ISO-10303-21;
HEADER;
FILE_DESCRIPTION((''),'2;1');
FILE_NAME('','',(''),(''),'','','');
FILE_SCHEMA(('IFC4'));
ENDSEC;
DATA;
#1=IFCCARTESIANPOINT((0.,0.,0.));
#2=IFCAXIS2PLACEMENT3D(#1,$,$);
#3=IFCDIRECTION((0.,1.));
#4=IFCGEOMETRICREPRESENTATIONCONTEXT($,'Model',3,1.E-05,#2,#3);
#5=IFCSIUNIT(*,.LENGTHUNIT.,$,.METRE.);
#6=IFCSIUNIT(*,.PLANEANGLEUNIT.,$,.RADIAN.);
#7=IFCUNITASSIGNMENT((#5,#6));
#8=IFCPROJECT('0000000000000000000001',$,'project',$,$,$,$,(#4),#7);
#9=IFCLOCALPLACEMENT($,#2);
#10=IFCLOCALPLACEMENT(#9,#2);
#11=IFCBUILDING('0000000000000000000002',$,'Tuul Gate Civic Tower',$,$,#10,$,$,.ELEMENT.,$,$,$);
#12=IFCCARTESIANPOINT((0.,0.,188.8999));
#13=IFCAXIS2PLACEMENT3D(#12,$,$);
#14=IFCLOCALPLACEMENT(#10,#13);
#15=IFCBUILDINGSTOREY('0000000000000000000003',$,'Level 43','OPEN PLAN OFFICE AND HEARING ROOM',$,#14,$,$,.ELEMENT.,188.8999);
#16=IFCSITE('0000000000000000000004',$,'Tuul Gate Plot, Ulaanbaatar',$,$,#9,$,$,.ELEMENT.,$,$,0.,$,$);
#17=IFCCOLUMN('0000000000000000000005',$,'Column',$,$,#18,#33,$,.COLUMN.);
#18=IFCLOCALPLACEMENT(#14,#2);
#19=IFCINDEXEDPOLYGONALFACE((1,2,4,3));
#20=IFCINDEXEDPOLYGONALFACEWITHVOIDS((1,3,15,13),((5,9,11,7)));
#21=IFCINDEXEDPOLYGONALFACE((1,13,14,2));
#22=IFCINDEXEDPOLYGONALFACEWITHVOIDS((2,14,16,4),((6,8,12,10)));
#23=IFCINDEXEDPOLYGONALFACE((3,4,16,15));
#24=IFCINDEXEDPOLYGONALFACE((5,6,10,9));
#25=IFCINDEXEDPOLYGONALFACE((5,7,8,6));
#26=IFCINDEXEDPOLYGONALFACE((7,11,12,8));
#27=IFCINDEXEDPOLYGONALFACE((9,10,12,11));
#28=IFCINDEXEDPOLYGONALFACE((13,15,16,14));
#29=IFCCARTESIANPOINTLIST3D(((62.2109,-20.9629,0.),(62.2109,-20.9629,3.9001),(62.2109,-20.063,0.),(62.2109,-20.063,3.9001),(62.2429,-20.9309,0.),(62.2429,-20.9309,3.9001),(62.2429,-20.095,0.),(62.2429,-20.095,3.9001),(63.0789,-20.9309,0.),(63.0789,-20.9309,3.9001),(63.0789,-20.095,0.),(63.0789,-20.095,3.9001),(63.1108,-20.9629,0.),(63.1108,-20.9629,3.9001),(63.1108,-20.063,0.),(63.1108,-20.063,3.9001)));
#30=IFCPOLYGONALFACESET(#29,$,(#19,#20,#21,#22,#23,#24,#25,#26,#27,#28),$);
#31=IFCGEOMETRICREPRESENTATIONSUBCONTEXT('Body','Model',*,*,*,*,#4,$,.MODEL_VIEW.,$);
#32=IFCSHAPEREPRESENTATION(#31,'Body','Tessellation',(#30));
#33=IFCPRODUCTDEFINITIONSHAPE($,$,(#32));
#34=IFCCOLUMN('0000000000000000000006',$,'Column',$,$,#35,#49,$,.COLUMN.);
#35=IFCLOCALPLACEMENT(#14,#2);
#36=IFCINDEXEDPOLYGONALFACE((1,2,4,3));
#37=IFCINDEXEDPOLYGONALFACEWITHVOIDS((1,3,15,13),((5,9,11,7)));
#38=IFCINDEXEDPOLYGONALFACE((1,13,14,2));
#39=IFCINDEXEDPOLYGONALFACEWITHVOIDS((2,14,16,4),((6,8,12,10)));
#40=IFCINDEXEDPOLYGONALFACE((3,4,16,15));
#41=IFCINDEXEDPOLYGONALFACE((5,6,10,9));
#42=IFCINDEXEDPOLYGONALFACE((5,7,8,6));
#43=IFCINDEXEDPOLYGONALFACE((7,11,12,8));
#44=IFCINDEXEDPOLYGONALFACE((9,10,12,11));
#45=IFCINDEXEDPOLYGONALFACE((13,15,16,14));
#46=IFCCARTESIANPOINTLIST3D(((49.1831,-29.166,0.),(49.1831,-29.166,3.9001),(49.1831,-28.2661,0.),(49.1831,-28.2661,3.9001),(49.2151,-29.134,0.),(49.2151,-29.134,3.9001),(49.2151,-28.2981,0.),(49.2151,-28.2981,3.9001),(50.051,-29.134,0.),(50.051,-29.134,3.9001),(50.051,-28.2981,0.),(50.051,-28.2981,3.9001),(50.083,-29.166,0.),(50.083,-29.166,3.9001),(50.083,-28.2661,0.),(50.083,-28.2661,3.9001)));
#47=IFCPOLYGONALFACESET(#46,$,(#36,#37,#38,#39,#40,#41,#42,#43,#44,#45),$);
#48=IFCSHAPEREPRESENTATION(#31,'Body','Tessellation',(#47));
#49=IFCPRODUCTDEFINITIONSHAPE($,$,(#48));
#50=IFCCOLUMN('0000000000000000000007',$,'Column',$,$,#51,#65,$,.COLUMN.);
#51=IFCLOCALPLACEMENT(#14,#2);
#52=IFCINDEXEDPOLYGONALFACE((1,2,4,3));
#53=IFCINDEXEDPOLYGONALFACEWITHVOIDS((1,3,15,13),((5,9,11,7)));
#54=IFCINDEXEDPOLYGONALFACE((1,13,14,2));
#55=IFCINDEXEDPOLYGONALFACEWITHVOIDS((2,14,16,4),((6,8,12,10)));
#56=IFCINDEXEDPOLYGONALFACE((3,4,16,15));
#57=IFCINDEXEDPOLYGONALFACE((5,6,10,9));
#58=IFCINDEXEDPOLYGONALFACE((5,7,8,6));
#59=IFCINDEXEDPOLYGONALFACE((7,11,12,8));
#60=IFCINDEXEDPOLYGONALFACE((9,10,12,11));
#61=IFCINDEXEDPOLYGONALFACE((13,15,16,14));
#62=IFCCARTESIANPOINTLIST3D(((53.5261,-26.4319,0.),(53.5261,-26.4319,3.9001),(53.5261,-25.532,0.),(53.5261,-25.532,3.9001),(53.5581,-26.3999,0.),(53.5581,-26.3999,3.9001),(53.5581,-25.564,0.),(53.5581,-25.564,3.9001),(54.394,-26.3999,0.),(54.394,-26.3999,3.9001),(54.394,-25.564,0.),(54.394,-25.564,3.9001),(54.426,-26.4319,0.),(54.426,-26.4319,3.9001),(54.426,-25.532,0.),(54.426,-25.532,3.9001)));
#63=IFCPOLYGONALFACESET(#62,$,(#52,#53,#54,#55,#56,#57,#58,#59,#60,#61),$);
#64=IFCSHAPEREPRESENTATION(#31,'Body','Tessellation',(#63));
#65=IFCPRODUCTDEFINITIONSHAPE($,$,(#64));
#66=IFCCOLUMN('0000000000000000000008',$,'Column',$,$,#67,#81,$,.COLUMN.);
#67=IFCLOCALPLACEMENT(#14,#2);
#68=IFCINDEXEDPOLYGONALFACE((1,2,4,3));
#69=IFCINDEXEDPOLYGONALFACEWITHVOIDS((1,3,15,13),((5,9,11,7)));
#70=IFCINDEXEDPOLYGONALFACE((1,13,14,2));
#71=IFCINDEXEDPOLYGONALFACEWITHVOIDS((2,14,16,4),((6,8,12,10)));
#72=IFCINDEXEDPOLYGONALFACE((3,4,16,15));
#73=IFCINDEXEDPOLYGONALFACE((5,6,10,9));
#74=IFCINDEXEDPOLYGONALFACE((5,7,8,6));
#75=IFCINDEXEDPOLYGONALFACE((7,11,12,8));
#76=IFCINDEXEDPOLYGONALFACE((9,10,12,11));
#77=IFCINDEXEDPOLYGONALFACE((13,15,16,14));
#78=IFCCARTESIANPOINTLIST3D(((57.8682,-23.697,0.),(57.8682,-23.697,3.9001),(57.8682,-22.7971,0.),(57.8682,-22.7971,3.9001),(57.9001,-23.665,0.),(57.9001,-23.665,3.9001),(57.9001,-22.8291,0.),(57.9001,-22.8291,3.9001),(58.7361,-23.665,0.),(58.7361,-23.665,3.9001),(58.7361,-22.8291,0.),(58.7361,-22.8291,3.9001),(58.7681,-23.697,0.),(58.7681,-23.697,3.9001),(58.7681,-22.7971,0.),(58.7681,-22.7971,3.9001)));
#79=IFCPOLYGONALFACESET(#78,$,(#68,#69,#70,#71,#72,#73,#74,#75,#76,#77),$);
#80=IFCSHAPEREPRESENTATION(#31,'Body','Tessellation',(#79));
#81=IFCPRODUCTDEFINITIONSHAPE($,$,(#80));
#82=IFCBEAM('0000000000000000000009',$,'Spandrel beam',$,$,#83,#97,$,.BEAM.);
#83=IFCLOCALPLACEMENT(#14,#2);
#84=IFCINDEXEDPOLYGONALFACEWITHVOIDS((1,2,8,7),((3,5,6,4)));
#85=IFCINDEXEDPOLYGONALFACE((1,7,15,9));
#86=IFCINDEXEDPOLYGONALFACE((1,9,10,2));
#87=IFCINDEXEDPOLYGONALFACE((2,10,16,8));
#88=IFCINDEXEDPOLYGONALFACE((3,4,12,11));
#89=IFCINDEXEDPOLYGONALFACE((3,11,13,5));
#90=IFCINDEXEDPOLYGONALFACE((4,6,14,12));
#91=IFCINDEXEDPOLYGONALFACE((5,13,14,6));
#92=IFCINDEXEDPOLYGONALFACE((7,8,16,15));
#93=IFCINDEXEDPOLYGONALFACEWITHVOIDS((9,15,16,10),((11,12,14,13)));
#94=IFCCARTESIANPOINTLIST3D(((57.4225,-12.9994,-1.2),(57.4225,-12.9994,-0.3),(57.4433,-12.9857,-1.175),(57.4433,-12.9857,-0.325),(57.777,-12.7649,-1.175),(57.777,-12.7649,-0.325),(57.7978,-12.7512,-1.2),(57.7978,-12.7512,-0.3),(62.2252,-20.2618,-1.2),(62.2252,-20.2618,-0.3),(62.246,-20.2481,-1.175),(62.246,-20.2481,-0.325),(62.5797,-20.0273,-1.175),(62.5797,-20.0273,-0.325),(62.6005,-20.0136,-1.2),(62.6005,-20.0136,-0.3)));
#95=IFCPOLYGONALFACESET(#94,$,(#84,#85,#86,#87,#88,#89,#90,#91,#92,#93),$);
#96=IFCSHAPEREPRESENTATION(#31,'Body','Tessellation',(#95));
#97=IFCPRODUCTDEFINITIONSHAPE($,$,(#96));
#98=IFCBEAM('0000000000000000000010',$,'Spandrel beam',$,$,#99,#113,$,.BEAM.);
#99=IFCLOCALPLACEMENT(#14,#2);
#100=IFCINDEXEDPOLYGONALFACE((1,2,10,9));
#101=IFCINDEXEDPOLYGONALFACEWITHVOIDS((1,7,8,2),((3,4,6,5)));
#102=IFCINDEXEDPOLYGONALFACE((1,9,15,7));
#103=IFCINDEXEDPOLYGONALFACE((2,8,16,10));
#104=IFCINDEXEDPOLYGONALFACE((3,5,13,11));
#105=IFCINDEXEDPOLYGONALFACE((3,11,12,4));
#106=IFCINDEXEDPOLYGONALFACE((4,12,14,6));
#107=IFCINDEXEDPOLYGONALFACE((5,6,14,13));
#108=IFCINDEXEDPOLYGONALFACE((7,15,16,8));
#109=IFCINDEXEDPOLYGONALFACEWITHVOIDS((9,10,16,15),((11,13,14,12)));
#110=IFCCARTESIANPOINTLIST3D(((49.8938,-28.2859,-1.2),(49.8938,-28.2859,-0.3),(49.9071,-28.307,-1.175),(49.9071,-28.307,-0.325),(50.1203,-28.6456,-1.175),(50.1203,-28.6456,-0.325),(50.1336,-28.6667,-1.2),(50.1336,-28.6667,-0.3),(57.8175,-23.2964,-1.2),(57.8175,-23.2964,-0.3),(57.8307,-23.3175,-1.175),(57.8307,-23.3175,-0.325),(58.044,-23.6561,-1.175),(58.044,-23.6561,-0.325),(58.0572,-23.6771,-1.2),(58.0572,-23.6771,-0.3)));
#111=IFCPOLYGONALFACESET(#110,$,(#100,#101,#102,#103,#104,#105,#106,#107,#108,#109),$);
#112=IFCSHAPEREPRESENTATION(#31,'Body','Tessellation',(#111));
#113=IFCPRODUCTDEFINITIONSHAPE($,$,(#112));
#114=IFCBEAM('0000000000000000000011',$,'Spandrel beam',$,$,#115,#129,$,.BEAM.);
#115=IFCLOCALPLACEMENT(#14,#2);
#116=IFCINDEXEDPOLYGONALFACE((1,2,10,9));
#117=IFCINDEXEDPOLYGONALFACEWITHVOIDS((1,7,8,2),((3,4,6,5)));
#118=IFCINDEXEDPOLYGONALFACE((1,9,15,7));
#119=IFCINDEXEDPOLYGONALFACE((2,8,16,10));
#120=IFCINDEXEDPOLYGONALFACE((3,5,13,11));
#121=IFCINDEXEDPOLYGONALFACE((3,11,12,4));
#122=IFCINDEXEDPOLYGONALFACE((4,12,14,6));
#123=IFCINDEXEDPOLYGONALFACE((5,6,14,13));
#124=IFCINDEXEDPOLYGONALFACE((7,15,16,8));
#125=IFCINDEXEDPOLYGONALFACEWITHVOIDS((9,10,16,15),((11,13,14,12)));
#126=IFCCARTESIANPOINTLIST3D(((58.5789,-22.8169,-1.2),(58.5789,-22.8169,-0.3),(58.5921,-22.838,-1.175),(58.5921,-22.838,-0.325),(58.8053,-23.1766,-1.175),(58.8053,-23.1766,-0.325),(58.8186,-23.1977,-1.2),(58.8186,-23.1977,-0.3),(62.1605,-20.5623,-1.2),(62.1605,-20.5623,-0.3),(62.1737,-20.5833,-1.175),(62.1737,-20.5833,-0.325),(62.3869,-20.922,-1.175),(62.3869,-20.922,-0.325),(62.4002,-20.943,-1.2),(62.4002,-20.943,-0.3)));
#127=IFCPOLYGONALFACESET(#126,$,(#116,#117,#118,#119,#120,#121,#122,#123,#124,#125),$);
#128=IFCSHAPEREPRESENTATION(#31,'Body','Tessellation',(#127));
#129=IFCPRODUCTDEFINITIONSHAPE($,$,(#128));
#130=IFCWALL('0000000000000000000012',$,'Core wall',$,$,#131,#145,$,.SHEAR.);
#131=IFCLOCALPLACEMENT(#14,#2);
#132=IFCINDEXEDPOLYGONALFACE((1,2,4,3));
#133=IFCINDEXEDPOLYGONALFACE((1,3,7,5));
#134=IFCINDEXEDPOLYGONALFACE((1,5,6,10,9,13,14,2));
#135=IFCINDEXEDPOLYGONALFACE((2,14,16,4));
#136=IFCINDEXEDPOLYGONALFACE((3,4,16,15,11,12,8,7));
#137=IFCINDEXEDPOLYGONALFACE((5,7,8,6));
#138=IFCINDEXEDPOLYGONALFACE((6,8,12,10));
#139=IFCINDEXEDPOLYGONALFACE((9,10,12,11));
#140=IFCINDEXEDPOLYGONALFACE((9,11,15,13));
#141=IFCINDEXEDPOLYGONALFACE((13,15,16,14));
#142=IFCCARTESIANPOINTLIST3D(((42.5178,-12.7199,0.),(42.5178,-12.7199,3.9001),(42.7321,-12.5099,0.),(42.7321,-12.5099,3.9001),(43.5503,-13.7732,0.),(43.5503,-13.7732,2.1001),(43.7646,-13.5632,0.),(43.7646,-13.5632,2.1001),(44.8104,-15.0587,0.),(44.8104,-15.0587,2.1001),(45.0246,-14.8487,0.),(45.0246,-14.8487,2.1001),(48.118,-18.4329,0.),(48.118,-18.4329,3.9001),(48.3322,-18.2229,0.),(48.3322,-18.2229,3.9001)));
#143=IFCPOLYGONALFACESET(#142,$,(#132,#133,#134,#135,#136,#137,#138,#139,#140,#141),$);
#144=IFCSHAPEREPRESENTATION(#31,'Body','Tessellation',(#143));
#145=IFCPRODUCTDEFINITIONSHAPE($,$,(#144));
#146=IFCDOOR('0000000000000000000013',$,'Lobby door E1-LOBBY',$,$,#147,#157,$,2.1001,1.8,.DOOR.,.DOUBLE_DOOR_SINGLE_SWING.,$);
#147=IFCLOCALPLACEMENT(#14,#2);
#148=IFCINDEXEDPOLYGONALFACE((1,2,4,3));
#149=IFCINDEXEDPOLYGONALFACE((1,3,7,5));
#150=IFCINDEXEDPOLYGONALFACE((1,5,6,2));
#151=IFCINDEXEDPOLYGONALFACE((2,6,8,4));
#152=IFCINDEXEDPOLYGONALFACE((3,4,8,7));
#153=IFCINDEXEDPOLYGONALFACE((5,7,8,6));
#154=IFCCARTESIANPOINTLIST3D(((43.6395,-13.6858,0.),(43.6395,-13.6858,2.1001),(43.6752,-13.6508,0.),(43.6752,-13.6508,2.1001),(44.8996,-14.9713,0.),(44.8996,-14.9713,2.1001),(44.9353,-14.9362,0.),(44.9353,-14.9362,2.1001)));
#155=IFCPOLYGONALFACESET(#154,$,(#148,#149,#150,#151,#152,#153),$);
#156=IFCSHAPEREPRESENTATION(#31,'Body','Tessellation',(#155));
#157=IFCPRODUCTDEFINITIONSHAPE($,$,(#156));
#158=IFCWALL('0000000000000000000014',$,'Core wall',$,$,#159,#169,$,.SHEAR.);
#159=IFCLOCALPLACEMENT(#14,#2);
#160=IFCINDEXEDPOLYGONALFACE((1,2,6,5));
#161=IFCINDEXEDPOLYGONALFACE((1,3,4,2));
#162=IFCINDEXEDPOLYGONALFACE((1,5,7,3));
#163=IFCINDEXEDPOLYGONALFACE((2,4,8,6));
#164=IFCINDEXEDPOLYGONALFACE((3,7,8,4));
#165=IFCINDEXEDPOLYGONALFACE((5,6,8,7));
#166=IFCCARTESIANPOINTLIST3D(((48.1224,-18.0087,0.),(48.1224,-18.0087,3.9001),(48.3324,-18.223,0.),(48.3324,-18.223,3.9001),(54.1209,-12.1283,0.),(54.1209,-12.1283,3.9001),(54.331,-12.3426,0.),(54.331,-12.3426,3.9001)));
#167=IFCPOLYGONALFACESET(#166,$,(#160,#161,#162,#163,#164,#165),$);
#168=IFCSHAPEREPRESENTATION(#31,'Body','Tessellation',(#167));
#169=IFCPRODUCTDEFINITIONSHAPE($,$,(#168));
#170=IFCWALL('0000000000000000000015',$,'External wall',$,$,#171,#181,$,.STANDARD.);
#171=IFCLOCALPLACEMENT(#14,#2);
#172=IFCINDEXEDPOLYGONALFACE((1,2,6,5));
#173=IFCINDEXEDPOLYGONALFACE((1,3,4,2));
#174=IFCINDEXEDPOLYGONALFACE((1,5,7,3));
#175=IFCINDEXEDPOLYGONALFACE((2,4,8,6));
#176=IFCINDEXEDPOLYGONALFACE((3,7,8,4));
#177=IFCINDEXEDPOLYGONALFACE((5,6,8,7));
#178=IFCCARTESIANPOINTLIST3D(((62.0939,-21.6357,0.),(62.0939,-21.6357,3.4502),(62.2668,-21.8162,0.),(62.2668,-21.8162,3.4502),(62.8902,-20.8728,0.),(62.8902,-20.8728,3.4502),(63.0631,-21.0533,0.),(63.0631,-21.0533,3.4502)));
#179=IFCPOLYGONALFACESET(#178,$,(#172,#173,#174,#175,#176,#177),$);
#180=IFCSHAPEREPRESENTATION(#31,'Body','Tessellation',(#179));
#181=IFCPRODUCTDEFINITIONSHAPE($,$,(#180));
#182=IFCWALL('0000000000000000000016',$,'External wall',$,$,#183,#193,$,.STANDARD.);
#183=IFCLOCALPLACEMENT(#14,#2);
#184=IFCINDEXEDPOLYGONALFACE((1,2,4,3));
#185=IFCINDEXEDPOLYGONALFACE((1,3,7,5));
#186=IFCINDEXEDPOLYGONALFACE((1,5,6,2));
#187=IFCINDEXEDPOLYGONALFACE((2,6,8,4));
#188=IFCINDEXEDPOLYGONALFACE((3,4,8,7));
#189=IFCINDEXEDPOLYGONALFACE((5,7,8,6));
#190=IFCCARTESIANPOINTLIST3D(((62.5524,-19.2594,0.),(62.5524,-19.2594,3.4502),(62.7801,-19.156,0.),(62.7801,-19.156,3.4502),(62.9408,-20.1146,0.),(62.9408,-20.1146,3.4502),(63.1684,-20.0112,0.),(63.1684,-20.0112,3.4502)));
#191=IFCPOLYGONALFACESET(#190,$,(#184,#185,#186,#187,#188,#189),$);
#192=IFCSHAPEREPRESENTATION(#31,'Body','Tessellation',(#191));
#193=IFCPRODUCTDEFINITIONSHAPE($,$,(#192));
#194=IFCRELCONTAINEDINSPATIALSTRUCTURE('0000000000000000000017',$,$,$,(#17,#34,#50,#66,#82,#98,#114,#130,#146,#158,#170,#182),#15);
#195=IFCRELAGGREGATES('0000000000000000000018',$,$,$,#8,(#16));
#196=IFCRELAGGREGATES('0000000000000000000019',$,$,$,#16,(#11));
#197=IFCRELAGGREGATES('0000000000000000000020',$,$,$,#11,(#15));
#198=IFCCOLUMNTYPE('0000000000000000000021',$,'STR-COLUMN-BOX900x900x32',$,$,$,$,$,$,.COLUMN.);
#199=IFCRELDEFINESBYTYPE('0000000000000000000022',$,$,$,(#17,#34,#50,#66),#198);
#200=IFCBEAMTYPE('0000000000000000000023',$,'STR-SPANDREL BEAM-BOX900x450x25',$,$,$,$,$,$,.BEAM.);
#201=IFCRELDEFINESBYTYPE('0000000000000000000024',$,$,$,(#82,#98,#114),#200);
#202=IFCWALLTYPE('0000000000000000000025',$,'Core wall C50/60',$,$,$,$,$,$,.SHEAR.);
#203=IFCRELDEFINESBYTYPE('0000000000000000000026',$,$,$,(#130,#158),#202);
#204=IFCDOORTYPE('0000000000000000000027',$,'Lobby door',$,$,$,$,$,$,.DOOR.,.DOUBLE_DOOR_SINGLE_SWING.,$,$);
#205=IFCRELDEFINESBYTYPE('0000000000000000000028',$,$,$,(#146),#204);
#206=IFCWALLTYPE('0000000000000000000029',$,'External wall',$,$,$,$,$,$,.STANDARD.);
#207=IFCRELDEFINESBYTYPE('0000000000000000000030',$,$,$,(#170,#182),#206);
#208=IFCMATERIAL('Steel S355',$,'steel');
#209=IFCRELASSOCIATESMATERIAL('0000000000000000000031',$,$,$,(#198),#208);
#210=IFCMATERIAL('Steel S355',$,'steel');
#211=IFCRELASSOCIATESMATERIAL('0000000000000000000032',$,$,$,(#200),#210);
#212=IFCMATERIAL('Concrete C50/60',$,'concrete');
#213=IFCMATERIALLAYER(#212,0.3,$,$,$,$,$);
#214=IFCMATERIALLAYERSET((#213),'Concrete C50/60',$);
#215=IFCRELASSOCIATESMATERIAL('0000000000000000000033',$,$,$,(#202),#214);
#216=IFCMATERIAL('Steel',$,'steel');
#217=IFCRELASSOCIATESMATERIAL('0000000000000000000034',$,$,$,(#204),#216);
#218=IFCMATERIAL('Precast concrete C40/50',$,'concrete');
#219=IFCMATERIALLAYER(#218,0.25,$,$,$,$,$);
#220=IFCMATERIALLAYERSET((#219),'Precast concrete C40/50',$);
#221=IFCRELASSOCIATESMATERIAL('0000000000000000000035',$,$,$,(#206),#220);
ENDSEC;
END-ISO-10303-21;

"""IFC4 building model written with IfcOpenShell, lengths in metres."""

from ifc_helpers import new_model, si_unit, direction, frame, frame_2d, origin, origin_2d, place, context, subcontext, project, spatial, rectangle, hollow_rectangle, extrude, material, layer, layer_set, material_profile, profile_set, type_object, element, fill, save


model = new_model("IFC4")

# Units and contexts
model_context = context("Model", 3, precision=1e-05, world=origin(), true_north=direction((0.0, 1.0)))
body_context = subcontext(model_context, "Body", "Model", "MODEL_VIEW")
ifc_project = project(units=[si_unit("LENGTHUNIT", "METRE"), si_unit("PLANEANGLEUNIT", "RADIAN")], contexts=[model_context])

# Site, building, storey
site_placement = place(None, origin())
site = spatial("IfcSite", under=ifc_project, at=site_placement, Name="Tuul Gate Plot, Ulaanbaatar", CompositionType="ELEMENT", RefElevation=0.0)
building_placement = place(site_placement, origin())
building = spatial("IfcBuilding", under=site, at=building_placement, Name="Tuul Gate Civic Tower", CompositionType="ELEMENT")
storey_placement = place(building_placement, frame((0.0, 0.0, 188.8999)))
storey = spatial("IfcBuildingStorey", under=building, at=storey_placement, Name="Level 43", Description="OPEN PLAN OFFICE AND HEARING ROOM", CompositionType="ELEMENT", Elevation=188.8999)

# Columns
ifc_material_1 = material(Name="Steel S355", Category="steel")
ifc_material_profile_1 = material_profile(ifc_material_1, hollow_rectangle(XDim=0.8999, YDim=0.8999, WallThickness=0.032, at=origin_2d()), Name="BOX900x900x32")
ifc_profile_set_1 = profile_set([ifc_material_profile_1], Name="Steel S355")
column_type = type_object("IfcColumnType", Name="STR-COLUMN-BOX900x900x32", PredefinedType="COLUMN", material=ifc_profile_set_1)
for number, where, z_axis, x_axis, name in (
    (1, (62.6609, -20.5129, 0.0), (0.0, 0.0, 1.0), (1.0, 0.0, 0.0), "Column"),
    (2, (49.6331, -28.7161, 0.0), (0.0, 0.0, 1.0), (1.0, 0.0, 0.0), "Column"),
    (3, (53.9761, -25.9819, 0.0), (0.0, 0.0, 1.0), (1.0, 0.0, 0.0), "Column"),
    (4, (58.3181, -23.2471, 0.0), (0.0, 0.0, 1.0), (1.0, 0.0, 0.0), "Column"),
):
    element("IfcColumn", number, at=place(storey_placement, frame(where, z_axis=z_axis, x_axis=x_axis)), inside=storey, type_object=column_type, Name=name, PredefinedType="COLUMN", context=body_context, shape_type="SweptSolid", body=[
        extrude(hollow_rectangle(XDim=0.8999, YDim=0.8999, WallThickness=0.032, at=origin_2d()), origin(), (0.0, 0.0, 1.0), 3.9001),
    ])

# Beams
ifc_material_2 = material(Name="Steel S355", Category="steel")
ifc_material_profile_2 = material_profile(ifc_material_2, hollow_rectangle(XDim=0.45, YDim=0.8999, WallThickness=0.0249, at=origin_2d()), Name="BOX900x450x25")
ifc_profile_set_2 = profile_set([ifc_material_profile_2], Name="Steel S355")
beam_type = type_object("IfcBeamType", Name="STR-SPANDREL BEAM-BOX900x450x25", PredefinedType="BEAM", material=ifc_profile_set_2)
beam_1_placement = place(storey_placement, frame((62.4128, -20.1377, -0.75), z_axis=(-0.551603, 0.834107, 0.0), x_axis=(-0.834107, -0.551603, 0.0)))
element("IfcBeam", 5, at=beam_1_placement, inside=storey, type_object=beam_type, Name="Spandrel beam", PredefinedType="BEAM", context=body_context, shape_type="SweptSolid", body=[
    extrude(hollow_rectangle(XDim=0.45, YDim=0.8999, WallThickness=0.0249, at=origin_2d()), origin(), (0.0, 0.0, 1.0), 8.7068),
])
beam_2_placement = place(storey_placement, frame((50.0137, -28.4763, -0.75), z_axis=(0.846205, 0.532858, 0.0), x_axis=(-0.532858, 0.846205, 0.0)))
element("IfcBeam", 6, at=beam_2_placement, inside=storey, type_object=beam_type, Name="Spandrel beam", PredefinedType="BEAM", context=body_context, shape_type="SweptSolid", body=[
    extrude(hollow_rectangle(XDim=0.45, YDim=0.8999, WallThickness=0.0249, at=origin_2d()), origin(), (0.0, 0.0, 1.0), 9.3638),
])
beam_3_placement = place(storey_placement, frame((58.6987, -23.0073, -0.75), z_axis=(0.846276, 0.532744, 0.0), x_axis=(-0.532744, 0.846276, 0.0)))
element("IfcBeam", 7, at=beam_3_placement, inside=storey, type_object=beam_type, Name="Spandrel beam", PredefinedType="BEAM", context=body_context, shape_type="SweptSolid", body=[
    extrude(hollow_rectangle(XDim=0.45, YDim=0.8999, WallThickness=0.0249, at=origin_2d()), origin(), (0.0, 0.0, 1.0), 4.2322),
])

# Wall, opening, door
ifc_material_3 = material(Name="Concrete C50/60", Category="concrete")
ifc_layer_1 = layer(ifc_material_3, 0.3)
ifc_layer_set_1 = layer_set([ifc_layer_1], Name="Concrete C50/60")
wall_type_1 = type_object("IfcWallType", Name="Core wall C50/60", PredefinedType="SHEAR", material=ifc_layer_set_1)
wall_1_placement = place(storey_placement, frame((48.2251, -18.3279, 0.0), z_axis=(0.0, 0.0, 1.0), x_axis=(-0.700022, 0.714121, 0.0)))
wall_1 = element("IfcWall", 8, at=wall_1_placement, inside=storey, type_object=wall_type_1, Name="Core wall", PredefinedType="SHEAR", context=body_context, shape_type="SweptSolid", body=[
    extrude(rectangle(XDim=8.0, YDim=0.3, at=frame_2d((4.0, 0.0))), origin(), (0.0, 0.0, 1.0), 3.9001),
])
opening_1_placement = place(wall_1_placement, frame((4.7251, 0.0, 0.0)))
opening_1 = element("IfcOpeningElement", 9, at=opening_1_placement, cuts=wall_1, PredefinedType="OPENING", context=body_context, shape_type="SweptSolid", body=[
    extrude(rectangle(XDim=1.8, YDim=2.1001, at=frame_2d((0.8999, 1.05))), frame((0.0, 0.1602, 0.0), z_axis=(0.0, -1.0, 0.0), x_axis=(1.0, 0.0, 0.0)), (0.0, 0.0, 1.0), 0.3201),
])
ifc_material_4 = material(Name="Steel", Category="steel")
door_type = type_object("IfcDoorType", Name="Lobby door", OperationType="DOUBLE_DOOR_SINGLE_SWING", PredefinedType="DOOR", material=ifc_material_4)
door_placement = place(opening_1_placement, frame((1.8, 0.0, 0.0), z_axis=(0.0, 0.0, 1.0), x_axis=(-1.0, 0.0, 0.0)))
door = element("IfcDoor", 10, at=door_placement, inside=storey, type_object=door_type, Name="Lobby door E1-LOBBY", OperationType="DOUBLE_DOOR_SINGLE_SWING", OverallHeight=2.1001, OverallWidth=1.8, PredefinedType="DOOR", context=body_context, shape_type="SweptSolid", body=[
    extrude(rectangle(XDim=1.8, YDim=2.1001, at=frame_2d((0.9001, 1.05))), frame((0.0, 0.0249, 0.0), z_axis=(0.0, -1.0, 0.0), x_axis=(1.0, 0.0, 0.0)), (0.0, 0.0, 1.0), 0.05),
])
fill(opening_1, door)

# Walls
wall_2_placement = place(storey_placement, frame((48.2273, -18.116, 0.0), z_axis=(0.0, 0.0, 1.0), x_axis=(0.714105, 0.700038, 0.0)))
element("IfcWall", 11, at=wall_2_placement, inside=storey, type_object=wall_type_1, Name="Core wall", PredefinedType="SHEAR", context=body_context, shape_type="SweptSolid", body=[
    extrude(rectangle(XDim=8.4001, YDim=0.3, at=frame_2d((4.2002, 0.0))), origin(), (0.0, 0.0, 1.0), 3.9001),
])
ifc_material_5 = material(Name="Precast concrete C40/50", Category="concrete")
ifc_layer_2 = layer(ifc_material_5, 0.25)
ifc_layer_set_2 = layer_set([ifc_layer_2], Name="Precast concrete C40/50")
wall_type_2 = type_object("IfcWallType", Name="External wall", PredefinedType="STANDARD", material=ifc_layer_set_2)
wall_3_placement = place(storey_placement, frame((62.1804, -21.7258, 0.0), z_axis=(0.0, 0.0, 1.0), x_axis=(0.722108, 0.69178, 0.0)))
element("IfcWall", 12, at=wall_3_placement, inside=storey, type_object=wall_type_2, Name="External wall", PredefinedType="STANDARD", context=body_context, shape_type="SweptSolid", body=[
    extrude(rectangle(XDim=1.1028, YDim=0.25, at=frame_2d((0.5513, 0.0))), origin(), (0.0, 0.0, 1.0), 3.4502),
])
wall_4_placement = place(storey_placement, frame((63.0547, -20.063, 0.0), z_axis=(0.0, 0.0, 1.0), x_axis=(-0.413529, 0.910491, 0.0)))
element("IfcWall", 13, at=wall_4_placement, inside=storey, type_object=wall_type_2, Name="External wall", PredefinedType="STANDARD", context=body_context, shape_type="SweptSolid", body=[
    extrude(rectangle(XDim=0.9392, YDim=0.25, at=frame_2d((0.4697, 0.0))), origin(), (0.0, 0.0, 1.0), 3.4502),
])

save(model, "model.ifc")
